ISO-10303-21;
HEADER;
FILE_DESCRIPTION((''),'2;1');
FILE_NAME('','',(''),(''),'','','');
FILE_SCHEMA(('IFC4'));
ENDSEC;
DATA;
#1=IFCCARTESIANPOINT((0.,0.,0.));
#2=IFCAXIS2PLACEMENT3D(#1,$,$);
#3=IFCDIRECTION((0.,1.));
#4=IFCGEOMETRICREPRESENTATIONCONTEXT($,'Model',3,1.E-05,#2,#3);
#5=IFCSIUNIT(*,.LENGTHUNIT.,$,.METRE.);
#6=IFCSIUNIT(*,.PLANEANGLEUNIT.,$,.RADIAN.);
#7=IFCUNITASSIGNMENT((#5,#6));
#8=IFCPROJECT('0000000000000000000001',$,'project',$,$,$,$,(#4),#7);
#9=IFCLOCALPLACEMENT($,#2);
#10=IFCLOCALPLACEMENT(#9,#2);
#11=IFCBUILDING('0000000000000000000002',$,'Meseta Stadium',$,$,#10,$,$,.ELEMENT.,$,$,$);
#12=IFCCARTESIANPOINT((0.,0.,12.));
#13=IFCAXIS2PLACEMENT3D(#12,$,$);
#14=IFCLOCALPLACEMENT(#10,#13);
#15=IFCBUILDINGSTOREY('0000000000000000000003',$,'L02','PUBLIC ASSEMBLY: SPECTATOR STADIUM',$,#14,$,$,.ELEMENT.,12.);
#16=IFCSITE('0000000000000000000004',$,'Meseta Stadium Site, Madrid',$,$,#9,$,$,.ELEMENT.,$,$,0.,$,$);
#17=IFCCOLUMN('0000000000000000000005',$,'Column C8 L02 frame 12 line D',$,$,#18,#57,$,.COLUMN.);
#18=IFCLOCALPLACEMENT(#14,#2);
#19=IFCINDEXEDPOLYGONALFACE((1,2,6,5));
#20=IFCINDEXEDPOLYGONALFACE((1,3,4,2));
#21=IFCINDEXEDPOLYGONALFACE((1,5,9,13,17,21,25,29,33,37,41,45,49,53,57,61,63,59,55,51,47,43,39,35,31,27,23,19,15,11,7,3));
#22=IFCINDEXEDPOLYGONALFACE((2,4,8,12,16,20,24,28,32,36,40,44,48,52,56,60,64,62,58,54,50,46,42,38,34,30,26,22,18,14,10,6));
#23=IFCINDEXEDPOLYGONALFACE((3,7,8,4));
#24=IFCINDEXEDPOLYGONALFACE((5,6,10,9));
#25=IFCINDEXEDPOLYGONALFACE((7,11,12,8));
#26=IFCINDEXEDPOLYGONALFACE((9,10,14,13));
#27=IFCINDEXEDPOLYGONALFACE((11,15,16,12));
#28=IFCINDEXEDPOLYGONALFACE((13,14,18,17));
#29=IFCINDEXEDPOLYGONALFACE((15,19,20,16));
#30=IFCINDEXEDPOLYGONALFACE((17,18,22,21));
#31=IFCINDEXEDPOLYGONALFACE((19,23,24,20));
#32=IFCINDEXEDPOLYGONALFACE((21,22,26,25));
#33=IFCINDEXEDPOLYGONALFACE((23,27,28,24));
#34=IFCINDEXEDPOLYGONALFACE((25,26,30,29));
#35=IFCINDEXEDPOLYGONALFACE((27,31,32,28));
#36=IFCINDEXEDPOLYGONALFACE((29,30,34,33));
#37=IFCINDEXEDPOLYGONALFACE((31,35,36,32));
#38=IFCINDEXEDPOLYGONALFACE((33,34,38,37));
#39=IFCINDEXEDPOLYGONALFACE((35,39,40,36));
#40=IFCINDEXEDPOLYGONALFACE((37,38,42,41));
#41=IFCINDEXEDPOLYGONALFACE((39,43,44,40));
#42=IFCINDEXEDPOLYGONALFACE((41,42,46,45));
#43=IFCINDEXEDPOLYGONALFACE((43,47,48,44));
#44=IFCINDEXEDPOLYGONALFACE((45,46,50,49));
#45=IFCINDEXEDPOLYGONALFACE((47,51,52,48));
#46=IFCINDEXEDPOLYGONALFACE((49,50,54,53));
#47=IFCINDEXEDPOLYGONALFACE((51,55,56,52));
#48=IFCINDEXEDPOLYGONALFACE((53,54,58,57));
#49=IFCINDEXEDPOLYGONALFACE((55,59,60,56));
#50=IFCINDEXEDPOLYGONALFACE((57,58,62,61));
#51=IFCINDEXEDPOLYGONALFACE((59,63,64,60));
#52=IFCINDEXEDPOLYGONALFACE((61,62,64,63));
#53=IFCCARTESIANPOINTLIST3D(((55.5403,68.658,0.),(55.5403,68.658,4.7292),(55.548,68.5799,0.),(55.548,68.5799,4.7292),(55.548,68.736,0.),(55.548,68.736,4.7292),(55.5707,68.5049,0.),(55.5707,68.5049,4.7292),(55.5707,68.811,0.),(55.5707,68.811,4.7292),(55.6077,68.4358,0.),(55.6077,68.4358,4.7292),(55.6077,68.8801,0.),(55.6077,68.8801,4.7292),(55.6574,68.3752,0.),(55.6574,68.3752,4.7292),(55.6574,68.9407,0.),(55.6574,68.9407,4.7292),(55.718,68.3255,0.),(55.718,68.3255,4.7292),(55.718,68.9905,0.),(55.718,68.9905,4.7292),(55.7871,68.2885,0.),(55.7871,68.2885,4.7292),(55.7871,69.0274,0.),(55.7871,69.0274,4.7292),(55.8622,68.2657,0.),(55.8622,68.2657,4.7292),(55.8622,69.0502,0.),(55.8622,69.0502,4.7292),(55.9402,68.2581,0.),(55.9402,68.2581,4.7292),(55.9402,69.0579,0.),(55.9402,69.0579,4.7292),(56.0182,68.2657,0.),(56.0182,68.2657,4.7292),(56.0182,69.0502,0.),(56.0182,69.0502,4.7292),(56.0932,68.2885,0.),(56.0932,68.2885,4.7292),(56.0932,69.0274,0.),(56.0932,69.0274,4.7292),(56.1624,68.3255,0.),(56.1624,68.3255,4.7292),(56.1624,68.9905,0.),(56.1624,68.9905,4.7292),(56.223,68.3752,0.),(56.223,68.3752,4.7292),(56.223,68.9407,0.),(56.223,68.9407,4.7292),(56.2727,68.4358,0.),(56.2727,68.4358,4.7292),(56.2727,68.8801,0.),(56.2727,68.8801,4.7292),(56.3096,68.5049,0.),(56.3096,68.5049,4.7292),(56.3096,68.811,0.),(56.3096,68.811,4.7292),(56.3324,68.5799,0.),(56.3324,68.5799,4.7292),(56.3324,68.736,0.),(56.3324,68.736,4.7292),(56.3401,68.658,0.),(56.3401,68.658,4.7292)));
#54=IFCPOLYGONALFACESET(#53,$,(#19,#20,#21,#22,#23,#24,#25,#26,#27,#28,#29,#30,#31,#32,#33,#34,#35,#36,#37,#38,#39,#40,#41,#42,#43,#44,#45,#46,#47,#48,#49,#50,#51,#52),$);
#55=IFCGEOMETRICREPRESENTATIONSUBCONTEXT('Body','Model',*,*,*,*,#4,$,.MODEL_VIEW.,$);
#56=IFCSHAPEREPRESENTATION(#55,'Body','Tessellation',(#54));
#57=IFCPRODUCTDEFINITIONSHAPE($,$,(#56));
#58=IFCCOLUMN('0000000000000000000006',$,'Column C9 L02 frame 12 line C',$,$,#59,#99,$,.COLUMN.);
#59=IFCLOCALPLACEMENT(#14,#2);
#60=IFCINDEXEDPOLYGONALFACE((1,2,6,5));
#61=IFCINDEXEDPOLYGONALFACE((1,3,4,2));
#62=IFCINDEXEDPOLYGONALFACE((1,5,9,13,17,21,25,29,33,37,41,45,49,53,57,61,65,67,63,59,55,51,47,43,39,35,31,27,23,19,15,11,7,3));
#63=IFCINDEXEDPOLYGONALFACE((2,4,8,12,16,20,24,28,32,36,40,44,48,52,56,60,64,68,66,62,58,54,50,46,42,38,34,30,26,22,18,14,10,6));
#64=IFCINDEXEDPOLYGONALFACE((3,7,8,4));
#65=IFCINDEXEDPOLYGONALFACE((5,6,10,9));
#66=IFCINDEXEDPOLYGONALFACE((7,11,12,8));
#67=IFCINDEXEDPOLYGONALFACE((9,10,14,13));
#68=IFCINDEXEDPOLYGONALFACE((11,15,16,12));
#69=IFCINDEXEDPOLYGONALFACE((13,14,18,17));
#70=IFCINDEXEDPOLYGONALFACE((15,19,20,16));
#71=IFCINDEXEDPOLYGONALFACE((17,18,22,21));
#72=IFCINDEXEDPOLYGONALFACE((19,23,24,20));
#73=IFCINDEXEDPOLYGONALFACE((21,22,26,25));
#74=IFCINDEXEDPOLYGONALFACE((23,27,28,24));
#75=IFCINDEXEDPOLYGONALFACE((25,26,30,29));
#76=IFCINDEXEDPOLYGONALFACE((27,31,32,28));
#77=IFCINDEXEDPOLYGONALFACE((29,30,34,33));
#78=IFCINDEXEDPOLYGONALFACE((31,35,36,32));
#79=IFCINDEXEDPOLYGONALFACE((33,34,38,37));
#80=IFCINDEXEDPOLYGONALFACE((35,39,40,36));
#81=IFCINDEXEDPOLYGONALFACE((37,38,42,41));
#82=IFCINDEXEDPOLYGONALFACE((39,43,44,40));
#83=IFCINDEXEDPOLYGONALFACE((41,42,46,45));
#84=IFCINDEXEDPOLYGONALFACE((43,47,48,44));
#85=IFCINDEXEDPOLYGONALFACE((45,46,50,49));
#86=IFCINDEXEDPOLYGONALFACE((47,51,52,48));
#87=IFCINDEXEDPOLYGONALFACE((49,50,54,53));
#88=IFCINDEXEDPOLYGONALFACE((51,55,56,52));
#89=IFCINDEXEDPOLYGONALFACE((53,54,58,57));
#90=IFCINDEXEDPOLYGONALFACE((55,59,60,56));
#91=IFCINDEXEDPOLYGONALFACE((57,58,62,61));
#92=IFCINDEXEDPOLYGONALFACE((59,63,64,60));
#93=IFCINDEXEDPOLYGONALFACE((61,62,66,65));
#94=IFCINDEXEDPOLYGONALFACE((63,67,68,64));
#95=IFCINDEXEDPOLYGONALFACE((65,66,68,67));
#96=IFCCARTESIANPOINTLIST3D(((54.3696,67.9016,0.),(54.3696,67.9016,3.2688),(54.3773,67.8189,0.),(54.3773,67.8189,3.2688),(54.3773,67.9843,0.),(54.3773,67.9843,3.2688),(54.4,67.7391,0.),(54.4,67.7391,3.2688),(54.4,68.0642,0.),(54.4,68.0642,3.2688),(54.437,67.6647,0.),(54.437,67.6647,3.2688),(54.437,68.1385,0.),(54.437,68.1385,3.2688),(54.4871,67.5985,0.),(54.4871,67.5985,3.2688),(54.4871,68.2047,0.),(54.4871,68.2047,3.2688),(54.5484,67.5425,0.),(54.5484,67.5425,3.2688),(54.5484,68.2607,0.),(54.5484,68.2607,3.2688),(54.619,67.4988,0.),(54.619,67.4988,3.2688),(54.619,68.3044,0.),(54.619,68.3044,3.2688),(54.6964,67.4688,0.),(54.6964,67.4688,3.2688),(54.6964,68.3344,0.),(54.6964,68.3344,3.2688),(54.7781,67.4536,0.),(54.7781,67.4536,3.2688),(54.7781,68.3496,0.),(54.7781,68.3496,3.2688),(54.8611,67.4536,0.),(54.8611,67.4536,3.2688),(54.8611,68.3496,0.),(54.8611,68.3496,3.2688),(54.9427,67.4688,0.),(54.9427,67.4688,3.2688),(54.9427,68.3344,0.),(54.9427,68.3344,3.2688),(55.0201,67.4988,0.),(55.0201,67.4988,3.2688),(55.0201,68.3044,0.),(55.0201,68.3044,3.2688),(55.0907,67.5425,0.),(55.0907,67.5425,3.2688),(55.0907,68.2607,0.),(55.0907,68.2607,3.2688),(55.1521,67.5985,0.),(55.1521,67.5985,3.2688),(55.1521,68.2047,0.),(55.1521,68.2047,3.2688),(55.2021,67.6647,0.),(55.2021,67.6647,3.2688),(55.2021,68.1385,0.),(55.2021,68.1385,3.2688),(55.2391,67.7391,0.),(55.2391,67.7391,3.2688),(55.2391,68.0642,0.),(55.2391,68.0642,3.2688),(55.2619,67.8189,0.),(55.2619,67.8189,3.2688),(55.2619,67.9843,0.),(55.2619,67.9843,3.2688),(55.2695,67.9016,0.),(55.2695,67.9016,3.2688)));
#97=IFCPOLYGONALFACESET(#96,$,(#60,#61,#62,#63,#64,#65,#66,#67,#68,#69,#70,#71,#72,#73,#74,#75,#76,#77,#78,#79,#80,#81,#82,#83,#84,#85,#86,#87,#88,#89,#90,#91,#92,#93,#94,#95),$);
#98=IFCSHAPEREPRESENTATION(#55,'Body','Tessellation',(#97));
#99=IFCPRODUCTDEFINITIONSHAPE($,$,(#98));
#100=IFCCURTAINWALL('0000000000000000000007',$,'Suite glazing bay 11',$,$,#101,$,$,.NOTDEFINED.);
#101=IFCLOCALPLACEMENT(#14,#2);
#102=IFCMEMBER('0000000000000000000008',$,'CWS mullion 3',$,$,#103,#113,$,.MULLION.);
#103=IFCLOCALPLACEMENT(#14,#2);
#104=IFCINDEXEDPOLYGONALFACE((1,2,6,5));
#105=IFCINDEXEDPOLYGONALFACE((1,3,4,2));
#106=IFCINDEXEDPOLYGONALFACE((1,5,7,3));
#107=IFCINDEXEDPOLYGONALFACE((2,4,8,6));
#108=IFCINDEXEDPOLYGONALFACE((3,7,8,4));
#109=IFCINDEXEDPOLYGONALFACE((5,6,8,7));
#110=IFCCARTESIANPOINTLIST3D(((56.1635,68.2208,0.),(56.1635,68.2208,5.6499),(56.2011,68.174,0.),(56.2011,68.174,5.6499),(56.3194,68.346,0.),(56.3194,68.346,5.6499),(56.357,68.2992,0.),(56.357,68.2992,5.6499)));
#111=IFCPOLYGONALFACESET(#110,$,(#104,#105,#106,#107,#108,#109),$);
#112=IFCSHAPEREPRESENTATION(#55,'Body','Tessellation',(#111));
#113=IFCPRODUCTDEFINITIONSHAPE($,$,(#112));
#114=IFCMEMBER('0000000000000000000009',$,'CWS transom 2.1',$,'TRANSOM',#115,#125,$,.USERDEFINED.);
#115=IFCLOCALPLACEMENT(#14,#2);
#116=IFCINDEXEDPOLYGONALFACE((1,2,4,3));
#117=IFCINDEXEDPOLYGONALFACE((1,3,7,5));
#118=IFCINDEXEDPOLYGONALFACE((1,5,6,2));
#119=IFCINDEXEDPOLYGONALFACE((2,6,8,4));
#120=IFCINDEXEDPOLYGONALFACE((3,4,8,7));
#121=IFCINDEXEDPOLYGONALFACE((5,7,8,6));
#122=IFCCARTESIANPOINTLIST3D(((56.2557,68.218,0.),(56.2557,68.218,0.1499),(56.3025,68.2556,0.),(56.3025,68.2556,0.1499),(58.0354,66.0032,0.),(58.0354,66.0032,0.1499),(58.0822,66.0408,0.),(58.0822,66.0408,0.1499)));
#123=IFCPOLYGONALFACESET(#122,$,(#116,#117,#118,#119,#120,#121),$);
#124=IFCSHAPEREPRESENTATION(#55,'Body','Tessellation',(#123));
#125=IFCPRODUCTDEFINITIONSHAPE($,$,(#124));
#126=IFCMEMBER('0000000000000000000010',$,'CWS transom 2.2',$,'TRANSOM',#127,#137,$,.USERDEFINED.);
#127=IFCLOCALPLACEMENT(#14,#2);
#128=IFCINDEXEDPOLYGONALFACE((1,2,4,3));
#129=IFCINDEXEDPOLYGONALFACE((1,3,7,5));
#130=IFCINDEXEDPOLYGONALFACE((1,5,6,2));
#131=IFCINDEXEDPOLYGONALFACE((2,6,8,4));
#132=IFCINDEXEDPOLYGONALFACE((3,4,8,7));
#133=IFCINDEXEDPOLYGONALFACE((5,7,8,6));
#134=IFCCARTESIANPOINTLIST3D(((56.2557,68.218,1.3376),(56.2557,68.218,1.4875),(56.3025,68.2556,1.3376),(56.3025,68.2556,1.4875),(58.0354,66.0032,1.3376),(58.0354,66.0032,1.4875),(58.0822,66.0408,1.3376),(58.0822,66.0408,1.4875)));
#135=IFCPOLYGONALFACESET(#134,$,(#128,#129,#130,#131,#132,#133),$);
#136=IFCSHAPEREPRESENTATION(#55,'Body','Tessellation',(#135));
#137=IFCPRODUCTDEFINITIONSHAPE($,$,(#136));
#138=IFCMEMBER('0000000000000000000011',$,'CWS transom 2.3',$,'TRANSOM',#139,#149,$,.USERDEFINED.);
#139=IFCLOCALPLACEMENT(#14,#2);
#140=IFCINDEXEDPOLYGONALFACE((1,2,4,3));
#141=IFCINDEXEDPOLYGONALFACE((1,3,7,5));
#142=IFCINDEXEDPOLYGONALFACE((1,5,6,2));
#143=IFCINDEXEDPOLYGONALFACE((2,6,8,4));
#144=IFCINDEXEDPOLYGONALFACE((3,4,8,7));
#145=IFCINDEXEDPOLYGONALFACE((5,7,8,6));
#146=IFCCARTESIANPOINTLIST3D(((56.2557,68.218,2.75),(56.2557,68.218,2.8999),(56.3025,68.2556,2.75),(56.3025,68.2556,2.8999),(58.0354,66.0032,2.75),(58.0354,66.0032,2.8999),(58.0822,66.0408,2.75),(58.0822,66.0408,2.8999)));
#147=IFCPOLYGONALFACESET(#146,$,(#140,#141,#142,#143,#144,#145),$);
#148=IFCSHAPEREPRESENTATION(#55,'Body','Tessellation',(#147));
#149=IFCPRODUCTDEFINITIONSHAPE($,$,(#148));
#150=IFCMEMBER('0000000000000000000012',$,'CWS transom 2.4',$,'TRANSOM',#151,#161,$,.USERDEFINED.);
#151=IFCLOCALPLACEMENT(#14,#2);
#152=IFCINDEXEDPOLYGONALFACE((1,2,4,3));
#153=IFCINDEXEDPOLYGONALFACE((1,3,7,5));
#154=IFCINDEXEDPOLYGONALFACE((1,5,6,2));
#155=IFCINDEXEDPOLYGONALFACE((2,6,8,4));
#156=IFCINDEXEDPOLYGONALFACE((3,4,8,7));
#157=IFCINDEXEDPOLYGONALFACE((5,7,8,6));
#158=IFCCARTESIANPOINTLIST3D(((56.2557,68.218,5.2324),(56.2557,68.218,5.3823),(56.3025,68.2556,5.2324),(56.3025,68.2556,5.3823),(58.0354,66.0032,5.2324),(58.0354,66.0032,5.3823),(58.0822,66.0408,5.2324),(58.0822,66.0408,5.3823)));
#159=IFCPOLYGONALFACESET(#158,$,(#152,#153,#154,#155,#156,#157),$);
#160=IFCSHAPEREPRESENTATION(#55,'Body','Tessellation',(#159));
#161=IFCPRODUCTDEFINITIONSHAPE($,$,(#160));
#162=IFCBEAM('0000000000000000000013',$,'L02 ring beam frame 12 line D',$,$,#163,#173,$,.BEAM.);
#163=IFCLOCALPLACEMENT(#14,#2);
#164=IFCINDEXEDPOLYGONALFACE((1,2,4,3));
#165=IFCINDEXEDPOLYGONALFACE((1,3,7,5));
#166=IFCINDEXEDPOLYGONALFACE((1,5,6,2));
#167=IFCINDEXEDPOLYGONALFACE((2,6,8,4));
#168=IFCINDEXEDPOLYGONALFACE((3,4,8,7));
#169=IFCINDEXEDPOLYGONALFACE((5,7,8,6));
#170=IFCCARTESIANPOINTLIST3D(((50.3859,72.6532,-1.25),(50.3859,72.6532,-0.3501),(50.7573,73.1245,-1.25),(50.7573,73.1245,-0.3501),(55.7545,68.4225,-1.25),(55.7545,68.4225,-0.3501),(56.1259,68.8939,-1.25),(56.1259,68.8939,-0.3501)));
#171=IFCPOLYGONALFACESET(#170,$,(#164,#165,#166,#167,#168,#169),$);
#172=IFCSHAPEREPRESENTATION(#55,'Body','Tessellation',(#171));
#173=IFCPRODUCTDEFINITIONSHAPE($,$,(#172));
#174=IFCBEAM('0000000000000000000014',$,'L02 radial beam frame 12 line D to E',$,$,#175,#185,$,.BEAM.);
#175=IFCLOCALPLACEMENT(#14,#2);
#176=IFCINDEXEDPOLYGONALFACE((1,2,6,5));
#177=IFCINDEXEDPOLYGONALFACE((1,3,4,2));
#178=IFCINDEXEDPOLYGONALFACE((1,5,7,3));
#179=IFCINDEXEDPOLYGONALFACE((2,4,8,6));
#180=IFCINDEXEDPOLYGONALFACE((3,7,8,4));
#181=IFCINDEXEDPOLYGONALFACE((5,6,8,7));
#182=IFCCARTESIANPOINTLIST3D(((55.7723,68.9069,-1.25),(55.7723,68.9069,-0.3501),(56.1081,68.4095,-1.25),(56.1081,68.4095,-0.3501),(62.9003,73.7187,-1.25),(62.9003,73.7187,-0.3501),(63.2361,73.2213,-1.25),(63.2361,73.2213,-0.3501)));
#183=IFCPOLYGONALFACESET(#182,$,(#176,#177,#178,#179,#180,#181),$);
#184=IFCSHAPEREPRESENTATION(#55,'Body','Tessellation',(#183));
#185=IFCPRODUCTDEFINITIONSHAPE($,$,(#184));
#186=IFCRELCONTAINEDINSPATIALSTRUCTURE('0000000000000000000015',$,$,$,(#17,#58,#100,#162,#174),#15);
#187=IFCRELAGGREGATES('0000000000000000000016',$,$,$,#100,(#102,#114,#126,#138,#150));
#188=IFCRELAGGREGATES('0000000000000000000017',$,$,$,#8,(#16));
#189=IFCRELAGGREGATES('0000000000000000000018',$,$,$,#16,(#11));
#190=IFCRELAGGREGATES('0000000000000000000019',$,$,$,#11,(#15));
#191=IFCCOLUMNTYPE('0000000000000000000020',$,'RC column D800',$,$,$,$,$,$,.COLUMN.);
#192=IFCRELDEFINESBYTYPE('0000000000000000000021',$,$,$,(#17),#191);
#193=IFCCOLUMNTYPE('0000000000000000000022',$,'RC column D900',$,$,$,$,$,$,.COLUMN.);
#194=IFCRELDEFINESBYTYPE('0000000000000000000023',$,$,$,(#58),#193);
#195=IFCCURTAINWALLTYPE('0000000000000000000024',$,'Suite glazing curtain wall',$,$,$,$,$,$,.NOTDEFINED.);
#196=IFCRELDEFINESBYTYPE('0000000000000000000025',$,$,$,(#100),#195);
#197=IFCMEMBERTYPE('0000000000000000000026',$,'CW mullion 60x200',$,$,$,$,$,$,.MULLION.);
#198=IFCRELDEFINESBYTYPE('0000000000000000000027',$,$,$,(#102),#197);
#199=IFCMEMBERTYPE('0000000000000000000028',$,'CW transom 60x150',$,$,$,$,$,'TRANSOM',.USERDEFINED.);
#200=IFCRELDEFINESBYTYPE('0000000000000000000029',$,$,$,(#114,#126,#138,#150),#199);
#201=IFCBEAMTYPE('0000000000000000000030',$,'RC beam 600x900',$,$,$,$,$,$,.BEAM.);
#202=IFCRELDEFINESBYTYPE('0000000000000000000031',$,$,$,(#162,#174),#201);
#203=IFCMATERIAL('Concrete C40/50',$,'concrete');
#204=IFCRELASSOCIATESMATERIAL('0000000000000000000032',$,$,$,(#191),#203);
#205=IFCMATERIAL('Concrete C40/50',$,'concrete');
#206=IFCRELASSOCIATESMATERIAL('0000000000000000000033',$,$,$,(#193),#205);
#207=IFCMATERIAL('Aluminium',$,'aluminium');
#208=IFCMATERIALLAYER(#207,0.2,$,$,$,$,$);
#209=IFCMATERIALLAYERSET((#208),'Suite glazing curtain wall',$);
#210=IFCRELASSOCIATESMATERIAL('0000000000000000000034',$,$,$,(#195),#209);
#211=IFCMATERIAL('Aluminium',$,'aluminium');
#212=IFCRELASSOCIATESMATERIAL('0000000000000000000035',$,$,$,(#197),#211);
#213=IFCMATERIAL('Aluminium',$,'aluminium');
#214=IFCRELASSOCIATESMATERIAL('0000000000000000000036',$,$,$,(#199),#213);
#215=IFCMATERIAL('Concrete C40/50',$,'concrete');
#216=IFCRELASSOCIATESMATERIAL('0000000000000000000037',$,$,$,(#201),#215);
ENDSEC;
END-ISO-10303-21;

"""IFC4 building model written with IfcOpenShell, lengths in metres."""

from ifc_helpers import new_model, si_unit, direction, frame, origin, origin_2d, place, context, subcontext, project, spatial, rectangle, circle, extrude, material, layer, layer_set, material_profile, profile_set, type_object, element, aggregate, save


model = new_model("IFC4")

# Units and contexts
model_context = context("Model", 3, precision=1e-05, world=origin(), true_north=direction((0.0, 1.0)))
body_context = subcontext(model_context, "Body", "Model", "MODEL_VIEW")
ifc_project = project(units=[si_unit("LENGTHUNIT", "METRE"), si_unit("PLANEANGLEUNIT", "RADIAN")], contexts=[model_context])

# Site, building, storey
site_placement = place(None, origin())
site = spatial("IfcSite", under=ifc_project, at=site_placement, Name="Meseta Stadium Site, Madrid", CompositionType="ELEMENT", RefElevation=0.0)
building_placement = place(site_placement, origin())
building = spatial("IfcBuilding", under=site, at=building_placement, Name="Meseta Stadium", CompositionType="ELEMENT")
storey_placement = place(building_placement, frame((0.0, 0.0, 12.0)))
storey = spatial("IfcBuildingStorey", under=building, at=storey_placement, Name="L02", Description="PUBLIC ASSEMBLY: SPECTATOR STADIUM", CompositionType="ELEMENT", Elevation=12.0)

# Columns
ifc_material_1 = material(Name="Concrete C40/50", Category="concrete")
ifc_material_profile_1 = material_profile(ifc_material_1, circle(Radius=0.3999, at=origin_2d()), Name="RC D800")
ifc_profile_set_1 = profile_set([ifc_material_profile_1], Name="Concrete C40/50")
column_type_1 = type_object("IfcColumnType", Name="RC column D800", PredefinedType="COLUMN", material=ifc_profile_set_1)
column_1_placement = place(storey_placement, frame((55.9402, 68.658, 0.0), z_axis=(0.0, 0.0, 1.0), x_axis=(1.0, 0.0, 0.0)))
element("IfcColumn", 1, at=column_1_placement, inside=storey, type_object=column_type_1, Name="Column C8 L02 frame 12 line D", PredefinedType="COLUMN", context=body_context, shape_type="SweptSolid", body=[
    extrude(circle(Radius=0.3999, at=origin_2d()), origin(), (0.0, 0.0, 1.0), 4.7292),
])
ifc_material_2 = material(Name="Concrete C40/50", Category="concrete")
ifc_material_profile_2 = material_profile(ifc_material_2, circle(Radius=0.45, at=origin_2d()), Name="RC D900")
ifc_profile_set_2 = profile_set([ifc_material_profile_2], Name="Concrete C40/50")
column_type_2 = type_object("IfcColumnType", Name="RC column D900", PredefinedType="COLUMN", material=ifc_profile_set_2)
column_2_placement = place(storey_placement, frame((54.8196, 67.9016, 0.0), z_axis=(0.0, 0.0, 1.0), x_axis=(1.0, 0.0, 0.0)))
element("IfcColumn", 2, at=column_2_placement, inside=storey, type_object=column_type_2, Name="Column C9 L02 frame 12 line C", PredefinedType="COLUMN", context=body_context, shape_type="SweptSolid", body=[
    extrude(circle(Radius=0.45, at=origin_2d()), origin(), (0.0, 0.0, 1.0), 3.2688),
])

# Curtain wall, members
ifc_material_3 = material(Name="Aluminium", Category="aluminium")
ifc_layer_1 = layer(ifc_material_3, 0.2)
ifc_layer_set_1 = layer_set([ifc_layer_1], Name="Suite glazing curtain wall")
curtain_wall_type = type_object("IfcCurtainWallType", Name="Suite glazing curtain wall", PredefinedType="NOTDEFINED", material=ifc_layer_set_1)
curtain_wall_placement = place(storey_placement, origin())
curtain_wall = element("IfcCurtainWall", 3, at=curtain_wall_placement, inside=storey, type_object=curtain_wall_type, Name="Suite glazing bay 11", PredefinedType="NOTDEFINED")
ifc_material_4 = material(Name="Aluminium", Category="aluminium")
ifc_material_profile_3 = material_profile(ifc_material_4, rectangle(XDim=0.2, YDim=0.0601, at=origin_2d()), Name="CW 200x60")
ifc_profile_set_3 = profile_set([ifc_material_profile_3], Name="Aluminium")
member_type_1 = type_object("IfcMemberType", Name="CW mullion 60x200", PredefinedType="MULLION", material=ifc_profile_set_3)
member_1_placement = place(storey_placement, frame((56.2603, 68.26, 0.0), z_axis=(0.0, 0.0, 1.0), x_axis=(-0.779454, -0.62646, 0.0)))
member_1 = element("IfcMember", 4, at=member_1_placement, type_object=member_type_1, Name="CWS mullion 3", PredefinedType="MULLION", context=body_context, shape_type="SweptSolid", body=[
    extrude(rectangle(XDim=0.2, YDim=0.0601, at=origin_2d()), origin(), (0.0, 0.0, 1.0), 5.6499),
])
ifc_material_5 = material(Name="Aluminium", Category="aluminium")
ifc_material_profile_4 = material_profile(ifc_material_5, rectangle(XDim=0.0601, YDim=0.1499, at=origin_2d()), Name="CW 60x150")
ifc_profile_set_4 = profile_set([ifc_material_profile_4], Name="Aluminium")
member_type_2 = type_object("IfcMemberType", Name="CW transom 60x150", ElementType="TRANSOM", PredefinedType="USERDEFINED", material=ifc_profile_set_4)
member_2_placement = place(storey_placement, frame((58.0588, 66.022, 0.075), z_axis=(-0.626391, 0.779509, 0.0), x_axis=(-0.779509, -0.626391, 0.0)))
member_2 = element("IfcMember", 5, at=member_2_placement, type_object=member_type_2, Name="CWS transom 2.1", ObjectType="TRANSOM", PredefinedType="USERDEFINED", context=body_context, shape_type="SweptSolid", body=[
    extrude(rectangle(XDim=0.0601, YDim=0.1499, at=origin_2d()), origin(), (0.0, 0.0, 1.0), 2.8413),
])
member_3_placement = place(storey_placement, frame((58.0588, 66.022, 1.4126), z_axis=(-0.626391, 0.779509, 0.0), x_axis=(-0.779509, -0.626391, 0.0)))
member_3 = element("IfcMember", 6, at=member_3_placement, type_object=member_type_2, Name="CWS transom 2.2", ObjectType="TRANSOM", PredefinedType="USERDEFINED", context=body_context, shape_type="SweptSolid", body=[
    extrude(rectangle(XDim=0.0601, YDim=0.1499, at=origin_2d()), origin(), (0.0, 0.0, 1.0), 2.8413),
])
member_4_placement = place(storey_placement, frame((58.0588, 66.022, 2.825), z_axis=(-0.626391, 0.779509, 0.0), x_axis=(-0.779509, -0.626391, 0.0)))
member_4 = element("IfcMember", 7, at=member_4_placement, type_object=member_type_2, Name="CWS transom 2.3", ObjectType="TRANSOM", PredefinedType="USERDEFINED", context=body_context, shape_type="SweptSolid", body=[
    extrude(rectangle(XDim=0.0601, YDim=0.1499, at=origin_2d()), origin(), (0.0, 0.0, 1.0), 2.8413),
])
member_5_placement = place(storey_placement, frame((58.0588, 66.022, 5.3074), z_axis=(-0.626391, 0.779509, 0.0), x_axis=(-0.779509, -0.626391, 0.0)))
member_5 = element("IfcMember", 8, at=member_5_placement, type_object=member_type_2, Name="CWS transom 2.4", ObjectType="TRANSOM", PredefinedType="USERDEFINED", context=body_context, shape_type="SweptSolid", body=[
    extrude(rectangle(XDim=0.0601, YDim=0.1499, at=origin_2d()), origin(), (0.0, 0.0, 1.0), 2.8413),
])

# Beams
ifc_material_6 = material(Name="Concrete C40/50", Category="concrete")
ifc_material_profile_5 = material_profile(ifc_material_6, rectangle(XDim=0.6001, YDim=0.8999, at=origin_2d()), Name="RC 600x900")
ifc_profile_set_5 = profile_set([ifc_material_profile_5], Name="Concrete C40/50")
beam_type_1 = type_object("IfcBeamType", Name="RC beam 600x900", PredefinedType="BEAM", material=ifc_profile_set_5)
beam_1_placement = place(storey_placement, frame((55.9402, 68.6582, -0.8), z_axis=(-0.78543, 0.61895, 0.0), x_axis=(-0.61895, -0.78543, 0.0)))
element("IfcBeam", 9, at=beam_1_placement, inside=storey, type_object=beam_type_1, Name="L02 ring beam frame 12 line D", PredefinedType="BEAM", context=body_context, shape_type="SweptSolid", body=[
    extrude(rectangle(XDim=0.6001, YDim=0.8999, at=origin_2d()), origin(), (0.0, 0.0, 1.0), 6.8352),
])
beam_2_placement = place(storey_placement, frame((55.9402, 68.6582, -0.8), z_axis=(0.828826, 0.559506, 0.0), x_axis=(-0.559506, 0.828826, 0.0)))
element("IfcBeam", 10, at=beam_2_placement, inside=storey, type_object=beam_type_1, Name="L02 radial beam frame 12 line D to E", PredefinedType="BEAM", context=body_context, shape_type="SweptSolid", body=[
    extrude(rectangle(XDim=0.6001, YDim=0.8999, at=origin_2d()), origin(), (0.0, 0.0, 1.0), 8.6001),
])

aggregate(curtain_wall, [member_1, member_2, member_3, member_4, member_5])

save(model, "model.ifc")
